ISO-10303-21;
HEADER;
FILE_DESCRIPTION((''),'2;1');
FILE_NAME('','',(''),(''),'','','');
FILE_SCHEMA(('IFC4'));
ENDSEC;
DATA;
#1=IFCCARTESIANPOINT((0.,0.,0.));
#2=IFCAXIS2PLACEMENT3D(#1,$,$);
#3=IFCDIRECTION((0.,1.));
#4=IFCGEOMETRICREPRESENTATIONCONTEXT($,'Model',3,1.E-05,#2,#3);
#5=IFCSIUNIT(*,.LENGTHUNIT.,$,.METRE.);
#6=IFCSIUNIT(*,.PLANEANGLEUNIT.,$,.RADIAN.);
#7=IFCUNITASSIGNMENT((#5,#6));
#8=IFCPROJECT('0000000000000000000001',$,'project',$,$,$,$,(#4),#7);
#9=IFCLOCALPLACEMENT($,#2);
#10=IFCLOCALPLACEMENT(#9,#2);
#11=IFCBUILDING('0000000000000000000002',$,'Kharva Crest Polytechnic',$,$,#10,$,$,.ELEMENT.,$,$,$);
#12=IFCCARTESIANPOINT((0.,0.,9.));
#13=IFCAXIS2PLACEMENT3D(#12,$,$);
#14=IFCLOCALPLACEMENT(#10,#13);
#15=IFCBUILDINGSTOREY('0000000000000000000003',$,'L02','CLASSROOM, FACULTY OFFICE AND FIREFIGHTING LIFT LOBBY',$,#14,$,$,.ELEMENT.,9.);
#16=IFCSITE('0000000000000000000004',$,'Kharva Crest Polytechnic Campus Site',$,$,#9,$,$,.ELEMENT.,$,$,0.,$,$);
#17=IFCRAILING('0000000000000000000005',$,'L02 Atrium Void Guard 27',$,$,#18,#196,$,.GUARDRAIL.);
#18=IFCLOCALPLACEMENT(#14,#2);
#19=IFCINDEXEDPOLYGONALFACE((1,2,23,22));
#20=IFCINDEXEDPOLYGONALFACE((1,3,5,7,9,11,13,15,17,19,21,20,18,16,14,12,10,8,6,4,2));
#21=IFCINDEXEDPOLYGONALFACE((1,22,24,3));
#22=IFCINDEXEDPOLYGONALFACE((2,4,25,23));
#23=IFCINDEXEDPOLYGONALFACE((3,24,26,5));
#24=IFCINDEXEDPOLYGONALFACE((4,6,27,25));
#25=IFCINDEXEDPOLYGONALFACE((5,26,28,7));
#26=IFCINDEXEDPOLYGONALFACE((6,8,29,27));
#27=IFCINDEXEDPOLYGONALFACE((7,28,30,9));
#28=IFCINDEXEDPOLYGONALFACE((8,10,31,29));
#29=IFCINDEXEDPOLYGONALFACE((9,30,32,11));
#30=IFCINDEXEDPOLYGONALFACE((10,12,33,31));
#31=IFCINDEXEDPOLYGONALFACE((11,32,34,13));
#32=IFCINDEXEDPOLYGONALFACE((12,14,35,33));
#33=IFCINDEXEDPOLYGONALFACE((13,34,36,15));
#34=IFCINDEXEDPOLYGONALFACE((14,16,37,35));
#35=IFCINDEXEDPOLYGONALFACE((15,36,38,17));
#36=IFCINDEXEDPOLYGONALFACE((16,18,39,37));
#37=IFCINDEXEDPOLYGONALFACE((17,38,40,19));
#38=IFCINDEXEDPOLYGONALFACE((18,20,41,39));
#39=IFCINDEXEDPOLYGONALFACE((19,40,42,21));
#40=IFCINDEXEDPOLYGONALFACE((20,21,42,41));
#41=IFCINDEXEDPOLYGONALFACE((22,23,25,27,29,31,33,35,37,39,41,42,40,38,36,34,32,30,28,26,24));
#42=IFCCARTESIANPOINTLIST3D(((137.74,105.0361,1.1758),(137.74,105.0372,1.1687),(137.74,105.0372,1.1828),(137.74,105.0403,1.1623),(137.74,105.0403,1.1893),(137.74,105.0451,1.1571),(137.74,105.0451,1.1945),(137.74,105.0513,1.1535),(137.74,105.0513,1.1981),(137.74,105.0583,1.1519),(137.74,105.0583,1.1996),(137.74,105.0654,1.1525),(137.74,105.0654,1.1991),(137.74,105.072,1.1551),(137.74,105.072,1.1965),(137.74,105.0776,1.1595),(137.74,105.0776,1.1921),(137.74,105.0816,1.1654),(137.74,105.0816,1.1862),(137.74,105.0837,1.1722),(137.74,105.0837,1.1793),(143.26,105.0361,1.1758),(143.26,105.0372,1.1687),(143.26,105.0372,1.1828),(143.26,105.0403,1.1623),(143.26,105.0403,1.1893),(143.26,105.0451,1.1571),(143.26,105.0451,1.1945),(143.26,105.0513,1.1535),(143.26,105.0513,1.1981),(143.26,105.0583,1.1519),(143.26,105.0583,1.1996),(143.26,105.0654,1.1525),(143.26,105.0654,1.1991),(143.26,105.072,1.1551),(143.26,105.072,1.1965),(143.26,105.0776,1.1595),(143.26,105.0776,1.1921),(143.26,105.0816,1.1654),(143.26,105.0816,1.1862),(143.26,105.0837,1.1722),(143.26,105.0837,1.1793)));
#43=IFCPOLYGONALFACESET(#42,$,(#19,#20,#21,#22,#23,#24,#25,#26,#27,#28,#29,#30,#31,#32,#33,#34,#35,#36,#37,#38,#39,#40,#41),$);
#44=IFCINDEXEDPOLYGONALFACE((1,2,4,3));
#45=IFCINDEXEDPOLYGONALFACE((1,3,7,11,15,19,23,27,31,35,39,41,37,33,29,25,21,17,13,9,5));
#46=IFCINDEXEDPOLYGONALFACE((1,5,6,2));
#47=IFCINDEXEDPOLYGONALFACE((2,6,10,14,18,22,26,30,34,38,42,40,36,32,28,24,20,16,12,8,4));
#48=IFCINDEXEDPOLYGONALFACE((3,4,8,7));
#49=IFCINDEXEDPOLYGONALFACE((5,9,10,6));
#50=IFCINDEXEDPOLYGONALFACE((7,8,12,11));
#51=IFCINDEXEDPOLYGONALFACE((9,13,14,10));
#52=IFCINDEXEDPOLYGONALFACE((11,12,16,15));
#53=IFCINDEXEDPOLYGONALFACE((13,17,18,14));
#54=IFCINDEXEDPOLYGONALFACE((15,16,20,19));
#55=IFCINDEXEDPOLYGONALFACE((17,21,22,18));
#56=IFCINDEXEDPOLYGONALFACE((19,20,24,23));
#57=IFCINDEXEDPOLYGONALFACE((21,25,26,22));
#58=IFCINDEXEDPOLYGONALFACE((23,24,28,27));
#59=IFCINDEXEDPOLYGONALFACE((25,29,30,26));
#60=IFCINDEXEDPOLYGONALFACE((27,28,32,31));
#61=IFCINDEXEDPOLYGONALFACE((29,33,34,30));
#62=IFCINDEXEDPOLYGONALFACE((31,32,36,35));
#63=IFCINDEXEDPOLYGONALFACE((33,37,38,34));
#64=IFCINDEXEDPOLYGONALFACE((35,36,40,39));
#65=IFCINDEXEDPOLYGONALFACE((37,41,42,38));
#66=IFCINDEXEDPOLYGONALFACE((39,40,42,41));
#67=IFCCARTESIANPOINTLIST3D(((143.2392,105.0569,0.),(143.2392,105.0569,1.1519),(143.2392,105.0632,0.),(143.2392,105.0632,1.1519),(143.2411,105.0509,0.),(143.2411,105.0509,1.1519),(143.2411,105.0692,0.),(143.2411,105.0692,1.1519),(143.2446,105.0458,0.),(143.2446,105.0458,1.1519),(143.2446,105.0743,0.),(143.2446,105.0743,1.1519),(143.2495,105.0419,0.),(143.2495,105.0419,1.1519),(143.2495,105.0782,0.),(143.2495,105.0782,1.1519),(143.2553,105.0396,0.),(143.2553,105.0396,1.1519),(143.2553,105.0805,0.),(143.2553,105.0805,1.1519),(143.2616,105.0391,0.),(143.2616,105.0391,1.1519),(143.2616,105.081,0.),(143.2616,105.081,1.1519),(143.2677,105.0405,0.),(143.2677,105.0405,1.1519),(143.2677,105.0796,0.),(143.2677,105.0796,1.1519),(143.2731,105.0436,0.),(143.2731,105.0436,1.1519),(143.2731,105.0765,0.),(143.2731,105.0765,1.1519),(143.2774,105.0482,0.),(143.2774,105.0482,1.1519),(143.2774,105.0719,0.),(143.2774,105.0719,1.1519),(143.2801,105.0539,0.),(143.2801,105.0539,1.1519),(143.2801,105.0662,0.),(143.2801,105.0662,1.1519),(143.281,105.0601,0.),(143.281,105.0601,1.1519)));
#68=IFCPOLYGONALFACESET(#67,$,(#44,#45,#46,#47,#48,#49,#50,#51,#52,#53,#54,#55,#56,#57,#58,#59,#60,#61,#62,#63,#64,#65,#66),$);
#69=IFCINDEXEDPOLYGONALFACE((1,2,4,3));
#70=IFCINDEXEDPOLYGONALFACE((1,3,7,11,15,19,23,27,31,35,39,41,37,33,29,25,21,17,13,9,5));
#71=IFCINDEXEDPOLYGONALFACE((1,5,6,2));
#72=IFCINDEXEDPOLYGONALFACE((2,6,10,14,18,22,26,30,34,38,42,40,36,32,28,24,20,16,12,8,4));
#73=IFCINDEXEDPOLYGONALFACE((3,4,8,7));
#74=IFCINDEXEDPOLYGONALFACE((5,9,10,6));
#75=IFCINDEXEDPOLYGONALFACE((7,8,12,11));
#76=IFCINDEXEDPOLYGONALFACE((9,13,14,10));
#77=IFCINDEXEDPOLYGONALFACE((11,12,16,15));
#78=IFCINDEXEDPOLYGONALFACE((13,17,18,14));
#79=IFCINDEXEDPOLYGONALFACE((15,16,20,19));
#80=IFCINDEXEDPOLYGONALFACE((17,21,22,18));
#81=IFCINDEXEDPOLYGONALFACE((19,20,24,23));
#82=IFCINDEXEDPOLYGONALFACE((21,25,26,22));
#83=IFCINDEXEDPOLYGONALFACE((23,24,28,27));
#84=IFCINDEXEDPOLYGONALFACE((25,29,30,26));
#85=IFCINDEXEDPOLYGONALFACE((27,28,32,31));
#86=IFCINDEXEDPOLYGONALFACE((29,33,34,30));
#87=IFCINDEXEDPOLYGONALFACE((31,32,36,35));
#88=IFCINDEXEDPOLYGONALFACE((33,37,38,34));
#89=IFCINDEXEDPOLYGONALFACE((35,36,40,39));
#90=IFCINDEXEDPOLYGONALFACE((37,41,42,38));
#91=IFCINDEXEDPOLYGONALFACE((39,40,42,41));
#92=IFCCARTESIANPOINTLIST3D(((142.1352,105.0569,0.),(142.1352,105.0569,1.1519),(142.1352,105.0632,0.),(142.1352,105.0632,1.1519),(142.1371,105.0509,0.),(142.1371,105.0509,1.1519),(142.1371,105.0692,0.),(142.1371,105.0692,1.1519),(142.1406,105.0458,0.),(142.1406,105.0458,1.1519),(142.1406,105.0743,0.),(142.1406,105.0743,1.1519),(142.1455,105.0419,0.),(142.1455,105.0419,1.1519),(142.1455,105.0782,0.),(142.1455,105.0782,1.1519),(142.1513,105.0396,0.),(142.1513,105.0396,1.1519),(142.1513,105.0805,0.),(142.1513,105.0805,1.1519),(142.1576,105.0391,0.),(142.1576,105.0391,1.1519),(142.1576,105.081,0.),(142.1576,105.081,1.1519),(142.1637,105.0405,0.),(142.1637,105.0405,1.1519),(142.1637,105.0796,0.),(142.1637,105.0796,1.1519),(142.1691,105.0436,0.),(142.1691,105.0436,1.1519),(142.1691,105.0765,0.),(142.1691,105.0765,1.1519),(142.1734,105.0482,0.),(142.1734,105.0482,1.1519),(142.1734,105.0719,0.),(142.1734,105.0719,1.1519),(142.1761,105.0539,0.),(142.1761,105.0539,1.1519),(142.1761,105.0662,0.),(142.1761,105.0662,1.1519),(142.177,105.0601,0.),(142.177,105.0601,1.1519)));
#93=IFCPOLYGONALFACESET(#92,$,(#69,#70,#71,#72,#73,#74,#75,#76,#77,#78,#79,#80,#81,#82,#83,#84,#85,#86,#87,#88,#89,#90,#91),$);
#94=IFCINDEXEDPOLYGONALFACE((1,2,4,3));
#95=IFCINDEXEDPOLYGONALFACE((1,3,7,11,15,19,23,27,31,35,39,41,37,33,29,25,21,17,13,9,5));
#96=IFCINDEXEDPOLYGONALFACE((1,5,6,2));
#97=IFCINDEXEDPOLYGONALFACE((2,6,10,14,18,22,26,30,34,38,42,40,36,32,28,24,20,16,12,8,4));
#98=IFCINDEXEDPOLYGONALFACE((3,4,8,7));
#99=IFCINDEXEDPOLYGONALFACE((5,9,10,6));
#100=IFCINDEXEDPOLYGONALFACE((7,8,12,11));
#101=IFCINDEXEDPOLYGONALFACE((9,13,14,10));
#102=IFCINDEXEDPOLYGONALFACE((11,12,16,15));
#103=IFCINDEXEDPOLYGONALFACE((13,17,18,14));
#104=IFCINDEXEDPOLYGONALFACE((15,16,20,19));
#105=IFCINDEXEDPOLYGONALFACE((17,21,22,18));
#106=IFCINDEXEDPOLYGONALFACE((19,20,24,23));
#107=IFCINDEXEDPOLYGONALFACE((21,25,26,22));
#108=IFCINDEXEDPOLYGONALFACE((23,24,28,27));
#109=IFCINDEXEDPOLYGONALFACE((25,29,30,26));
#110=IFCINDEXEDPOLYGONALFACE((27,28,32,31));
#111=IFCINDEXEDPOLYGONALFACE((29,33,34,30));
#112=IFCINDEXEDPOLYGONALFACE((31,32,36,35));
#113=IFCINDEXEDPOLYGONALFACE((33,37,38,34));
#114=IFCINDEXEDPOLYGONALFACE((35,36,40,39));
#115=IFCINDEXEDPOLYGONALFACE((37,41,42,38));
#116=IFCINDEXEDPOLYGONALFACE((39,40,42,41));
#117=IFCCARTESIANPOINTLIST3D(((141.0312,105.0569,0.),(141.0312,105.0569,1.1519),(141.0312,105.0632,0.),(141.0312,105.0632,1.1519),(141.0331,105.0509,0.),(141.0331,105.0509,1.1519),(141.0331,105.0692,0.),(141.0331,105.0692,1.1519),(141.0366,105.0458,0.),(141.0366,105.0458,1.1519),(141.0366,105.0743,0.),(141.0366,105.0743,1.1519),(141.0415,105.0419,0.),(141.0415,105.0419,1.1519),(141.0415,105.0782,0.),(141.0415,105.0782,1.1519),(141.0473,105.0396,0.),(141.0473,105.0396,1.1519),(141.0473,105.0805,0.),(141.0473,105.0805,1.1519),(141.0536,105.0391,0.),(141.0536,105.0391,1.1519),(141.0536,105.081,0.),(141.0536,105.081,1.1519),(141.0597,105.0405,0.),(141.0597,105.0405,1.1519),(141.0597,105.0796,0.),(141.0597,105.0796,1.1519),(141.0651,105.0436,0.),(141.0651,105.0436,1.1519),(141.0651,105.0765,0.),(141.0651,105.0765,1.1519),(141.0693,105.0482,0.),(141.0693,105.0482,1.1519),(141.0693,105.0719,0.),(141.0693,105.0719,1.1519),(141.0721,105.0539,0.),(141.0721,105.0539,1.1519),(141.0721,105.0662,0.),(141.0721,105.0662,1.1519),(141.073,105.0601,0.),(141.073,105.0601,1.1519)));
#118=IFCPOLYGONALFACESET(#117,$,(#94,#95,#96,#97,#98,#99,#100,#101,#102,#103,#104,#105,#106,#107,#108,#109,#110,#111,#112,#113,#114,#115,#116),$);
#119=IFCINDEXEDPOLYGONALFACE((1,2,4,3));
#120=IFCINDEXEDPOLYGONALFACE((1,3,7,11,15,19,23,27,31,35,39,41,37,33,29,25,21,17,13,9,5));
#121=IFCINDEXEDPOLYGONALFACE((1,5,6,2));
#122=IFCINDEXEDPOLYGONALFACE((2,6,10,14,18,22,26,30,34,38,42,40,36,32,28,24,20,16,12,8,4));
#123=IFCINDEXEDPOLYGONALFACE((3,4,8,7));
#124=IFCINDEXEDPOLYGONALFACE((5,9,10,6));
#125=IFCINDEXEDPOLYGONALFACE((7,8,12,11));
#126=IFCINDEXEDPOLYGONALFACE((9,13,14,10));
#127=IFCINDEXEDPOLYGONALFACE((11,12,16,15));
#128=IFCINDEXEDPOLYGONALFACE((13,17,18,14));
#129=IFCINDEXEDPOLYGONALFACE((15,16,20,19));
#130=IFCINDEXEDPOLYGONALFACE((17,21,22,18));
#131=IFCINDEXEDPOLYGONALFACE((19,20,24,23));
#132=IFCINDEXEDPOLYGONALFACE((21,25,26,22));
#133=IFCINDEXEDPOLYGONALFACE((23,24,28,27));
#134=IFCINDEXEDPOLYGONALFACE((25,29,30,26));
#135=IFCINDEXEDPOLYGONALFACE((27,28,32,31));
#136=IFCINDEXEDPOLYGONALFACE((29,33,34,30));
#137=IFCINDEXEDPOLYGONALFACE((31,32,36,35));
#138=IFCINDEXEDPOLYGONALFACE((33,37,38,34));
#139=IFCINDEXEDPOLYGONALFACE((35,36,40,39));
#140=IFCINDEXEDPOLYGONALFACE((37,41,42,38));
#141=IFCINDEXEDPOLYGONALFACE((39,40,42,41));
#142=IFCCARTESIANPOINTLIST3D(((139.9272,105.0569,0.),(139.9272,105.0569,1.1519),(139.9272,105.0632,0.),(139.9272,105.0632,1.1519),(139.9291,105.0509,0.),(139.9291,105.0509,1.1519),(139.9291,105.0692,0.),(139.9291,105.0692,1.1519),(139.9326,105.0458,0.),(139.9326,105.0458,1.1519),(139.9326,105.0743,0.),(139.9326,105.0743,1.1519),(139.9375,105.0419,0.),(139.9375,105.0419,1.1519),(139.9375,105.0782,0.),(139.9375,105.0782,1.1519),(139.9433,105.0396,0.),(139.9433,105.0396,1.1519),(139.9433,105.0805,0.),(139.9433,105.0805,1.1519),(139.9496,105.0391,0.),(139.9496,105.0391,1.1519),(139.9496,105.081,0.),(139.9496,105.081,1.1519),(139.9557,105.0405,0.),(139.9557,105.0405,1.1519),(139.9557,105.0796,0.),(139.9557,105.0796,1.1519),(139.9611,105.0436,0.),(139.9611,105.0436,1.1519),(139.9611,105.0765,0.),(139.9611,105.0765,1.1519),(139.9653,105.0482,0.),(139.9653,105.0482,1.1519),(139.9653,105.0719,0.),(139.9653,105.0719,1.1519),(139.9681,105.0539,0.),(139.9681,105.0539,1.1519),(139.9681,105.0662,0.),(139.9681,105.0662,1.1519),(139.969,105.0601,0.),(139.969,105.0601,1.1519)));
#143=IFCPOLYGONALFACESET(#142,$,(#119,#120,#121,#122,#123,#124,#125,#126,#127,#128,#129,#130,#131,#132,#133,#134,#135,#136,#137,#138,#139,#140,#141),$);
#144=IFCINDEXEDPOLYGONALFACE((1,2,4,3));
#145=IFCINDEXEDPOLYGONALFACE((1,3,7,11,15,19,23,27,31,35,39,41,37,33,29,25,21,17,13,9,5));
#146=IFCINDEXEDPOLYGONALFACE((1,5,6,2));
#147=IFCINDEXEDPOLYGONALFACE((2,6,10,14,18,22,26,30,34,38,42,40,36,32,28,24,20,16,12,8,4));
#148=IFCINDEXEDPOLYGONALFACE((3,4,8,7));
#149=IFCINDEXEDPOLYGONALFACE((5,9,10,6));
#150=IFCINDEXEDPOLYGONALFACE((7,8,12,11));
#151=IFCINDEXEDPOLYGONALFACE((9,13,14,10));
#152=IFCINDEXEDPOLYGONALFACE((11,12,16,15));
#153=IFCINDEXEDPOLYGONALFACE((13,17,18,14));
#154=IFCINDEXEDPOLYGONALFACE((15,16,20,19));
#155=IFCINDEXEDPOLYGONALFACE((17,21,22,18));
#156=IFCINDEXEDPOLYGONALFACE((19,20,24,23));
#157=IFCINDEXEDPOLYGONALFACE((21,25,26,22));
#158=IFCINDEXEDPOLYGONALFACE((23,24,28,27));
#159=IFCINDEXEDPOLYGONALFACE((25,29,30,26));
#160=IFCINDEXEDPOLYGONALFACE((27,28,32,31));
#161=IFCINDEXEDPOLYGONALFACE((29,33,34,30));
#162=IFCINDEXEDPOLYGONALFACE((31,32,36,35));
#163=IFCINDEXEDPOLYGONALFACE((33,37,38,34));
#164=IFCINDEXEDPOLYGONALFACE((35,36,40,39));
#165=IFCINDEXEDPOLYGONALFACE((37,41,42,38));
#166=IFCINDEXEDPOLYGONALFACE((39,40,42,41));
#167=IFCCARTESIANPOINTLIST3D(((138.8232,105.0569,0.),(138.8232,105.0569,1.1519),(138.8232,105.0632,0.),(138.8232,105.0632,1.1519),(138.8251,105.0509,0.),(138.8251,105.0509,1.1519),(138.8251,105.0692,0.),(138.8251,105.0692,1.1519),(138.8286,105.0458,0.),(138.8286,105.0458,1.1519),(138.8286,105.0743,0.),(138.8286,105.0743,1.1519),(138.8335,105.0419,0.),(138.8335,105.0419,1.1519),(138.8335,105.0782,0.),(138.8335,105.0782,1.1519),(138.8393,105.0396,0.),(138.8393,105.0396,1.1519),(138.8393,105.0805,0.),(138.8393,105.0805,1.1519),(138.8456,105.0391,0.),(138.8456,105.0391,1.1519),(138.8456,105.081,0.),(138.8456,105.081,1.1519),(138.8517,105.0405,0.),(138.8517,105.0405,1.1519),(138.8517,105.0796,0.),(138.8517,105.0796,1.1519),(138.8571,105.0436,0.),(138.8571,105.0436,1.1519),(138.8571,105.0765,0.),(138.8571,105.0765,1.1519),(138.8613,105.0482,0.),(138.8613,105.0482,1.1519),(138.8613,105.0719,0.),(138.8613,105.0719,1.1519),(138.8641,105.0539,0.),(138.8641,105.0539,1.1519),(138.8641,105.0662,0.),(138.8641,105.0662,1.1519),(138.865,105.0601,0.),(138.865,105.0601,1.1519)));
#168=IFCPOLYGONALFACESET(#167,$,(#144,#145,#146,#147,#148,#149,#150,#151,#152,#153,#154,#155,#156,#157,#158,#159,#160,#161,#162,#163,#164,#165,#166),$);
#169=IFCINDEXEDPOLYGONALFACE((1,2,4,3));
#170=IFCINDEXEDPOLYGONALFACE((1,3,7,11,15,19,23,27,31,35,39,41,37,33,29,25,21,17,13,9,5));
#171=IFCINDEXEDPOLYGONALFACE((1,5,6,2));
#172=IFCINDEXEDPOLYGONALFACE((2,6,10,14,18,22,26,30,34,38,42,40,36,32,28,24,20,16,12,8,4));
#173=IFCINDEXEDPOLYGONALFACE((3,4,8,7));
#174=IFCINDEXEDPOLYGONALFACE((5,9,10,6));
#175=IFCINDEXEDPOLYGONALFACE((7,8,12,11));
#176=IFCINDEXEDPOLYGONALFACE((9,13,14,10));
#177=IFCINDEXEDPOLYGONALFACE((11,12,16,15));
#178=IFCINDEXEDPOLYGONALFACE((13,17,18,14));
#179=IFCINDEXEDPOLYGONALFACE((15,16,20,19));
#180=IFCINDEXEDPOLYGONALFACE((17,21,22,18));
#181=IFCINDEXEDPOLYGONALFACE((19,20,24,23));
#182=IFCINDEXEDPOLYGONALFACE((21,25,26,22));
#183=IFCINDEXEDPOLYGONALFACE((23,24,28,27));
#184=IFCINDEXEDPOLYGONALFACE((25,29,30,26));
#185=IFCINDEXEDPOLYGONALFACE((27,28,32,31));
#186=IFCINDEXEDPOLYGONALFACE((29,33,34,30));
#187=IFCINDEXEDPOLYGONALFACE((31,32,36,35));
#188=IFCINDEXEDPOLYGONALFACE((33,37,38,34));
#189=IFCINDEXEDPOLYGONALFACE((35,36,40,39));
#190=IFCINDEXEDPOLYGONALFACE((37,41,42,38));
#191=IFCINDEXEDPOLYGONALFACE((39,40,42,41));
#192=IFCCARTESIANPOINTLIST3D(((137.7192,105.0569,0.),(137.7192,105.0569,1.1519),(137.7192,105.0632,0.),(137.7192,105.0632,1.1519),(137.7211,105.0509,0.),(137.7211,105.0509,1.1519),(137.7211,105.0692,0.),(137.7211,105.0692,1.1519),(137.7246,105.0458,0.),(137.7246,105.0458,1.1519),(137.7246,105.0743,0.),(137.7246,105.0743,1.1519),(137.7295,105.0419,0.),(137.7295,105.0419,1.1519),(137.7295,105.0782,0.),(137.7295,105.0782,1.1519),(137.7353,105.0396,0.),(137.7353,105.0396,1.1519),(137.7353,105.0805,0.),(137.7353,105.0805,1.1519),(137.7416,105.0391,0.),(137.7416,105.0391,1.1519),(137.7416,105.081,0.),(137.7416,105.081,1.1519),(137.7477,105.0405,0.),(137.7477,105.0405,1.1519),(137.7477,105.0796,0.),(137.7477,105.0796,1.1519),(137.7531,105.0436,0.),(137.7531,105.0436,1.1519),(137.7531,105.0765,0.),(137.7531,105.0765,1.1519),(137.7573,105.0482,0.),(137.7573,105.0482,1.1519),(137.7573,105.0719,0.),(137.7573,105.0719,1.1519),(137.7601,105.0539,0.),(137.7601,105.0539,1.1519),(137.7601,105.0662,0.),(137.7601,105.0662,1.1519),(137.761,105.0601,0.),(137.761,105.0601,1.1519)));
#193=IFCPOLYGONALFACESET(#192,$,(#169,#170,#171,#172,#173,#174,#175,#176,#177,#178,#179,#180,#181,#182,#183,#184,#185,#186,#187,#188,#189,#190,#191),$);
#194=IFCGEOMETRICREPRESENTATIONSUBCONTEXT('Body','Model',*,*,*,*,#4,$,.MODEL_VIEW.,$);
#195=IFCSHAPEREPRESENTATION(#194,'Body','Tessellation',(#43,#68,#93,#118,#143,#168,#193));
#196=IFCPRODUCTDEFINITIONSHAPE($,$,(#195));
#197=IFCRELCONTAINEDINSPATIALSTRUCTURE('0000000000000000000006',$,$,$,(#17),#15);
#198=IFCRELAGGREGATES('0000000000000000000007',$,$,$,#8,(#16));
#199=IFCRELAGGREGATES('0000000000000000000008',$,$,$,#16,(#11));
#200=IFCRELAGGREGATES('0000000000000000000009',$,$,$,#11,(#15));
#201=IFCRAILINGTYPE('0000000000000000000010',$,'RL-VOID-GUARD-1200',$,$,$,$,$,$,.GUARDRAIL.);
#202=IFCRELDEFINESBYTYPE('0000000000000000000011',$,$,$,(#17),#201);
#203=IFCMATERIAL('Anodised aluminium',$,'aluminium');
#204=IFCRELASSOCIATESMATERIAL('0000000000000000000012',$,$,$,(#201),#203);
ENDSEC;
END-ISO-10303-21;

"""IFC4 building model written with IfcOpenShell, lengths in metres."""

from ifc_helpers import new_model, si_unit, direction, frame, origin, origin_2d, place, context, subcontext, project, spatial, circle, extrude, material, type_object, element, save


model = new_model("IFC4")

# Units and contexts
model_context = context("Model", 3, precision=1e-05, world=origin(), true_north=direction((0.0, 1.0)))
body_context = subcontext(model_context, "Body", "Model", "MODEL_VIEW")
ifc_project = project(units=[si_unit("LENGTHUNIT", "METRE"), si_unit("PLANEANGLEUNIT", "RADIAN")], contexts=[model_context])

# Site, building, storey
site_placement = place(None, origin())
site = spatial("IfcSite", under=ifc_project, at=site_placement, Name="Kharva Crest Polytechnic Campus Site", CompositionType="ELEMENT", RefElevation=0.0)
building_placement = place(site_placement, origin())
building = spatial("IfcBuilding", under=site, at=building_placement, Name="Kharva Crest Polytechnic", CompositionType="ELEMENT")
storey_placement = place(building_placement, frame((0.0, 0.0, 9.0)))
storey = spatial("IfcBuildingStorey", under=building, at=storey_placement, Name="L02", Description="CLASSROOM, FACULTY OFFICE AND FIREFIGHTING LIFT LOBBY", CompositionType="ELEMENT", Elevation=9.0)

# Shared definitions
ifc_material_1 = material(Name="Anodised aluminium", Category="aluminium")

# Railing
railing_type = type_object("IfcRailingType", Name="RL-VOID-GUARD-1200", PredefinedType="GUARDRAIL", material=ifc_material_1)
railing_1_placement = place(storey_placement, frame((143.26, 105.0601, 0.0)))
element("IfcRailing", 1, at=railing_1_placement, inside=storey, type_object=railing_type, Name="L02 Atrium Void Guard 27", PredefinedType="GUARDRAIL", context=body_context, shape_type="SweptSolid", body=[
    extrude(circle(Radius=0.0239, at=origin_2d()), frame((0.0, 0.0, 1.1758), z_axis=(-1.0, 0.0, 0.0), x_axis=(0.0, -1.0, 0.0)), (0.0, 0.0, 1.0), 5.52),
    extrude(circle(Radius=0.021, at=origin_2d()), origin(), (0.0, 0.0, 1.0), 1.1519),
    extrude(circle(Radius=0.021, at=origin_2d()), frame((-1.104, 0.0, 0.0)), (0.0, 0.0, 1.0), 1.1519),
    extrude(circle(Radius=0.021, at=origin_2d()), frame((-2.208, 0.0, 0.0)), (0.0, 0.0, 1.0), 1.1519),
    extrude(circle(Radius=0.021, at=origin_2d()), frame((-3.312, 0.0, 0.0)), (0.0, 0.0, 1.0), 1.1519),
    extrude(circle(Radius=0.021, at=origin_2d()), frame((-4.416, 0.0, 0.0)), (0.0, 0.0, 1.0), 1.1519),
    extrude(circle(Radius=0.021, at=origin_2d()), frame((-5.52, 0.0, 0.0)), (0.0, 0.0, 1.0), 1.1519),
])

save(model, "model.ifc")
